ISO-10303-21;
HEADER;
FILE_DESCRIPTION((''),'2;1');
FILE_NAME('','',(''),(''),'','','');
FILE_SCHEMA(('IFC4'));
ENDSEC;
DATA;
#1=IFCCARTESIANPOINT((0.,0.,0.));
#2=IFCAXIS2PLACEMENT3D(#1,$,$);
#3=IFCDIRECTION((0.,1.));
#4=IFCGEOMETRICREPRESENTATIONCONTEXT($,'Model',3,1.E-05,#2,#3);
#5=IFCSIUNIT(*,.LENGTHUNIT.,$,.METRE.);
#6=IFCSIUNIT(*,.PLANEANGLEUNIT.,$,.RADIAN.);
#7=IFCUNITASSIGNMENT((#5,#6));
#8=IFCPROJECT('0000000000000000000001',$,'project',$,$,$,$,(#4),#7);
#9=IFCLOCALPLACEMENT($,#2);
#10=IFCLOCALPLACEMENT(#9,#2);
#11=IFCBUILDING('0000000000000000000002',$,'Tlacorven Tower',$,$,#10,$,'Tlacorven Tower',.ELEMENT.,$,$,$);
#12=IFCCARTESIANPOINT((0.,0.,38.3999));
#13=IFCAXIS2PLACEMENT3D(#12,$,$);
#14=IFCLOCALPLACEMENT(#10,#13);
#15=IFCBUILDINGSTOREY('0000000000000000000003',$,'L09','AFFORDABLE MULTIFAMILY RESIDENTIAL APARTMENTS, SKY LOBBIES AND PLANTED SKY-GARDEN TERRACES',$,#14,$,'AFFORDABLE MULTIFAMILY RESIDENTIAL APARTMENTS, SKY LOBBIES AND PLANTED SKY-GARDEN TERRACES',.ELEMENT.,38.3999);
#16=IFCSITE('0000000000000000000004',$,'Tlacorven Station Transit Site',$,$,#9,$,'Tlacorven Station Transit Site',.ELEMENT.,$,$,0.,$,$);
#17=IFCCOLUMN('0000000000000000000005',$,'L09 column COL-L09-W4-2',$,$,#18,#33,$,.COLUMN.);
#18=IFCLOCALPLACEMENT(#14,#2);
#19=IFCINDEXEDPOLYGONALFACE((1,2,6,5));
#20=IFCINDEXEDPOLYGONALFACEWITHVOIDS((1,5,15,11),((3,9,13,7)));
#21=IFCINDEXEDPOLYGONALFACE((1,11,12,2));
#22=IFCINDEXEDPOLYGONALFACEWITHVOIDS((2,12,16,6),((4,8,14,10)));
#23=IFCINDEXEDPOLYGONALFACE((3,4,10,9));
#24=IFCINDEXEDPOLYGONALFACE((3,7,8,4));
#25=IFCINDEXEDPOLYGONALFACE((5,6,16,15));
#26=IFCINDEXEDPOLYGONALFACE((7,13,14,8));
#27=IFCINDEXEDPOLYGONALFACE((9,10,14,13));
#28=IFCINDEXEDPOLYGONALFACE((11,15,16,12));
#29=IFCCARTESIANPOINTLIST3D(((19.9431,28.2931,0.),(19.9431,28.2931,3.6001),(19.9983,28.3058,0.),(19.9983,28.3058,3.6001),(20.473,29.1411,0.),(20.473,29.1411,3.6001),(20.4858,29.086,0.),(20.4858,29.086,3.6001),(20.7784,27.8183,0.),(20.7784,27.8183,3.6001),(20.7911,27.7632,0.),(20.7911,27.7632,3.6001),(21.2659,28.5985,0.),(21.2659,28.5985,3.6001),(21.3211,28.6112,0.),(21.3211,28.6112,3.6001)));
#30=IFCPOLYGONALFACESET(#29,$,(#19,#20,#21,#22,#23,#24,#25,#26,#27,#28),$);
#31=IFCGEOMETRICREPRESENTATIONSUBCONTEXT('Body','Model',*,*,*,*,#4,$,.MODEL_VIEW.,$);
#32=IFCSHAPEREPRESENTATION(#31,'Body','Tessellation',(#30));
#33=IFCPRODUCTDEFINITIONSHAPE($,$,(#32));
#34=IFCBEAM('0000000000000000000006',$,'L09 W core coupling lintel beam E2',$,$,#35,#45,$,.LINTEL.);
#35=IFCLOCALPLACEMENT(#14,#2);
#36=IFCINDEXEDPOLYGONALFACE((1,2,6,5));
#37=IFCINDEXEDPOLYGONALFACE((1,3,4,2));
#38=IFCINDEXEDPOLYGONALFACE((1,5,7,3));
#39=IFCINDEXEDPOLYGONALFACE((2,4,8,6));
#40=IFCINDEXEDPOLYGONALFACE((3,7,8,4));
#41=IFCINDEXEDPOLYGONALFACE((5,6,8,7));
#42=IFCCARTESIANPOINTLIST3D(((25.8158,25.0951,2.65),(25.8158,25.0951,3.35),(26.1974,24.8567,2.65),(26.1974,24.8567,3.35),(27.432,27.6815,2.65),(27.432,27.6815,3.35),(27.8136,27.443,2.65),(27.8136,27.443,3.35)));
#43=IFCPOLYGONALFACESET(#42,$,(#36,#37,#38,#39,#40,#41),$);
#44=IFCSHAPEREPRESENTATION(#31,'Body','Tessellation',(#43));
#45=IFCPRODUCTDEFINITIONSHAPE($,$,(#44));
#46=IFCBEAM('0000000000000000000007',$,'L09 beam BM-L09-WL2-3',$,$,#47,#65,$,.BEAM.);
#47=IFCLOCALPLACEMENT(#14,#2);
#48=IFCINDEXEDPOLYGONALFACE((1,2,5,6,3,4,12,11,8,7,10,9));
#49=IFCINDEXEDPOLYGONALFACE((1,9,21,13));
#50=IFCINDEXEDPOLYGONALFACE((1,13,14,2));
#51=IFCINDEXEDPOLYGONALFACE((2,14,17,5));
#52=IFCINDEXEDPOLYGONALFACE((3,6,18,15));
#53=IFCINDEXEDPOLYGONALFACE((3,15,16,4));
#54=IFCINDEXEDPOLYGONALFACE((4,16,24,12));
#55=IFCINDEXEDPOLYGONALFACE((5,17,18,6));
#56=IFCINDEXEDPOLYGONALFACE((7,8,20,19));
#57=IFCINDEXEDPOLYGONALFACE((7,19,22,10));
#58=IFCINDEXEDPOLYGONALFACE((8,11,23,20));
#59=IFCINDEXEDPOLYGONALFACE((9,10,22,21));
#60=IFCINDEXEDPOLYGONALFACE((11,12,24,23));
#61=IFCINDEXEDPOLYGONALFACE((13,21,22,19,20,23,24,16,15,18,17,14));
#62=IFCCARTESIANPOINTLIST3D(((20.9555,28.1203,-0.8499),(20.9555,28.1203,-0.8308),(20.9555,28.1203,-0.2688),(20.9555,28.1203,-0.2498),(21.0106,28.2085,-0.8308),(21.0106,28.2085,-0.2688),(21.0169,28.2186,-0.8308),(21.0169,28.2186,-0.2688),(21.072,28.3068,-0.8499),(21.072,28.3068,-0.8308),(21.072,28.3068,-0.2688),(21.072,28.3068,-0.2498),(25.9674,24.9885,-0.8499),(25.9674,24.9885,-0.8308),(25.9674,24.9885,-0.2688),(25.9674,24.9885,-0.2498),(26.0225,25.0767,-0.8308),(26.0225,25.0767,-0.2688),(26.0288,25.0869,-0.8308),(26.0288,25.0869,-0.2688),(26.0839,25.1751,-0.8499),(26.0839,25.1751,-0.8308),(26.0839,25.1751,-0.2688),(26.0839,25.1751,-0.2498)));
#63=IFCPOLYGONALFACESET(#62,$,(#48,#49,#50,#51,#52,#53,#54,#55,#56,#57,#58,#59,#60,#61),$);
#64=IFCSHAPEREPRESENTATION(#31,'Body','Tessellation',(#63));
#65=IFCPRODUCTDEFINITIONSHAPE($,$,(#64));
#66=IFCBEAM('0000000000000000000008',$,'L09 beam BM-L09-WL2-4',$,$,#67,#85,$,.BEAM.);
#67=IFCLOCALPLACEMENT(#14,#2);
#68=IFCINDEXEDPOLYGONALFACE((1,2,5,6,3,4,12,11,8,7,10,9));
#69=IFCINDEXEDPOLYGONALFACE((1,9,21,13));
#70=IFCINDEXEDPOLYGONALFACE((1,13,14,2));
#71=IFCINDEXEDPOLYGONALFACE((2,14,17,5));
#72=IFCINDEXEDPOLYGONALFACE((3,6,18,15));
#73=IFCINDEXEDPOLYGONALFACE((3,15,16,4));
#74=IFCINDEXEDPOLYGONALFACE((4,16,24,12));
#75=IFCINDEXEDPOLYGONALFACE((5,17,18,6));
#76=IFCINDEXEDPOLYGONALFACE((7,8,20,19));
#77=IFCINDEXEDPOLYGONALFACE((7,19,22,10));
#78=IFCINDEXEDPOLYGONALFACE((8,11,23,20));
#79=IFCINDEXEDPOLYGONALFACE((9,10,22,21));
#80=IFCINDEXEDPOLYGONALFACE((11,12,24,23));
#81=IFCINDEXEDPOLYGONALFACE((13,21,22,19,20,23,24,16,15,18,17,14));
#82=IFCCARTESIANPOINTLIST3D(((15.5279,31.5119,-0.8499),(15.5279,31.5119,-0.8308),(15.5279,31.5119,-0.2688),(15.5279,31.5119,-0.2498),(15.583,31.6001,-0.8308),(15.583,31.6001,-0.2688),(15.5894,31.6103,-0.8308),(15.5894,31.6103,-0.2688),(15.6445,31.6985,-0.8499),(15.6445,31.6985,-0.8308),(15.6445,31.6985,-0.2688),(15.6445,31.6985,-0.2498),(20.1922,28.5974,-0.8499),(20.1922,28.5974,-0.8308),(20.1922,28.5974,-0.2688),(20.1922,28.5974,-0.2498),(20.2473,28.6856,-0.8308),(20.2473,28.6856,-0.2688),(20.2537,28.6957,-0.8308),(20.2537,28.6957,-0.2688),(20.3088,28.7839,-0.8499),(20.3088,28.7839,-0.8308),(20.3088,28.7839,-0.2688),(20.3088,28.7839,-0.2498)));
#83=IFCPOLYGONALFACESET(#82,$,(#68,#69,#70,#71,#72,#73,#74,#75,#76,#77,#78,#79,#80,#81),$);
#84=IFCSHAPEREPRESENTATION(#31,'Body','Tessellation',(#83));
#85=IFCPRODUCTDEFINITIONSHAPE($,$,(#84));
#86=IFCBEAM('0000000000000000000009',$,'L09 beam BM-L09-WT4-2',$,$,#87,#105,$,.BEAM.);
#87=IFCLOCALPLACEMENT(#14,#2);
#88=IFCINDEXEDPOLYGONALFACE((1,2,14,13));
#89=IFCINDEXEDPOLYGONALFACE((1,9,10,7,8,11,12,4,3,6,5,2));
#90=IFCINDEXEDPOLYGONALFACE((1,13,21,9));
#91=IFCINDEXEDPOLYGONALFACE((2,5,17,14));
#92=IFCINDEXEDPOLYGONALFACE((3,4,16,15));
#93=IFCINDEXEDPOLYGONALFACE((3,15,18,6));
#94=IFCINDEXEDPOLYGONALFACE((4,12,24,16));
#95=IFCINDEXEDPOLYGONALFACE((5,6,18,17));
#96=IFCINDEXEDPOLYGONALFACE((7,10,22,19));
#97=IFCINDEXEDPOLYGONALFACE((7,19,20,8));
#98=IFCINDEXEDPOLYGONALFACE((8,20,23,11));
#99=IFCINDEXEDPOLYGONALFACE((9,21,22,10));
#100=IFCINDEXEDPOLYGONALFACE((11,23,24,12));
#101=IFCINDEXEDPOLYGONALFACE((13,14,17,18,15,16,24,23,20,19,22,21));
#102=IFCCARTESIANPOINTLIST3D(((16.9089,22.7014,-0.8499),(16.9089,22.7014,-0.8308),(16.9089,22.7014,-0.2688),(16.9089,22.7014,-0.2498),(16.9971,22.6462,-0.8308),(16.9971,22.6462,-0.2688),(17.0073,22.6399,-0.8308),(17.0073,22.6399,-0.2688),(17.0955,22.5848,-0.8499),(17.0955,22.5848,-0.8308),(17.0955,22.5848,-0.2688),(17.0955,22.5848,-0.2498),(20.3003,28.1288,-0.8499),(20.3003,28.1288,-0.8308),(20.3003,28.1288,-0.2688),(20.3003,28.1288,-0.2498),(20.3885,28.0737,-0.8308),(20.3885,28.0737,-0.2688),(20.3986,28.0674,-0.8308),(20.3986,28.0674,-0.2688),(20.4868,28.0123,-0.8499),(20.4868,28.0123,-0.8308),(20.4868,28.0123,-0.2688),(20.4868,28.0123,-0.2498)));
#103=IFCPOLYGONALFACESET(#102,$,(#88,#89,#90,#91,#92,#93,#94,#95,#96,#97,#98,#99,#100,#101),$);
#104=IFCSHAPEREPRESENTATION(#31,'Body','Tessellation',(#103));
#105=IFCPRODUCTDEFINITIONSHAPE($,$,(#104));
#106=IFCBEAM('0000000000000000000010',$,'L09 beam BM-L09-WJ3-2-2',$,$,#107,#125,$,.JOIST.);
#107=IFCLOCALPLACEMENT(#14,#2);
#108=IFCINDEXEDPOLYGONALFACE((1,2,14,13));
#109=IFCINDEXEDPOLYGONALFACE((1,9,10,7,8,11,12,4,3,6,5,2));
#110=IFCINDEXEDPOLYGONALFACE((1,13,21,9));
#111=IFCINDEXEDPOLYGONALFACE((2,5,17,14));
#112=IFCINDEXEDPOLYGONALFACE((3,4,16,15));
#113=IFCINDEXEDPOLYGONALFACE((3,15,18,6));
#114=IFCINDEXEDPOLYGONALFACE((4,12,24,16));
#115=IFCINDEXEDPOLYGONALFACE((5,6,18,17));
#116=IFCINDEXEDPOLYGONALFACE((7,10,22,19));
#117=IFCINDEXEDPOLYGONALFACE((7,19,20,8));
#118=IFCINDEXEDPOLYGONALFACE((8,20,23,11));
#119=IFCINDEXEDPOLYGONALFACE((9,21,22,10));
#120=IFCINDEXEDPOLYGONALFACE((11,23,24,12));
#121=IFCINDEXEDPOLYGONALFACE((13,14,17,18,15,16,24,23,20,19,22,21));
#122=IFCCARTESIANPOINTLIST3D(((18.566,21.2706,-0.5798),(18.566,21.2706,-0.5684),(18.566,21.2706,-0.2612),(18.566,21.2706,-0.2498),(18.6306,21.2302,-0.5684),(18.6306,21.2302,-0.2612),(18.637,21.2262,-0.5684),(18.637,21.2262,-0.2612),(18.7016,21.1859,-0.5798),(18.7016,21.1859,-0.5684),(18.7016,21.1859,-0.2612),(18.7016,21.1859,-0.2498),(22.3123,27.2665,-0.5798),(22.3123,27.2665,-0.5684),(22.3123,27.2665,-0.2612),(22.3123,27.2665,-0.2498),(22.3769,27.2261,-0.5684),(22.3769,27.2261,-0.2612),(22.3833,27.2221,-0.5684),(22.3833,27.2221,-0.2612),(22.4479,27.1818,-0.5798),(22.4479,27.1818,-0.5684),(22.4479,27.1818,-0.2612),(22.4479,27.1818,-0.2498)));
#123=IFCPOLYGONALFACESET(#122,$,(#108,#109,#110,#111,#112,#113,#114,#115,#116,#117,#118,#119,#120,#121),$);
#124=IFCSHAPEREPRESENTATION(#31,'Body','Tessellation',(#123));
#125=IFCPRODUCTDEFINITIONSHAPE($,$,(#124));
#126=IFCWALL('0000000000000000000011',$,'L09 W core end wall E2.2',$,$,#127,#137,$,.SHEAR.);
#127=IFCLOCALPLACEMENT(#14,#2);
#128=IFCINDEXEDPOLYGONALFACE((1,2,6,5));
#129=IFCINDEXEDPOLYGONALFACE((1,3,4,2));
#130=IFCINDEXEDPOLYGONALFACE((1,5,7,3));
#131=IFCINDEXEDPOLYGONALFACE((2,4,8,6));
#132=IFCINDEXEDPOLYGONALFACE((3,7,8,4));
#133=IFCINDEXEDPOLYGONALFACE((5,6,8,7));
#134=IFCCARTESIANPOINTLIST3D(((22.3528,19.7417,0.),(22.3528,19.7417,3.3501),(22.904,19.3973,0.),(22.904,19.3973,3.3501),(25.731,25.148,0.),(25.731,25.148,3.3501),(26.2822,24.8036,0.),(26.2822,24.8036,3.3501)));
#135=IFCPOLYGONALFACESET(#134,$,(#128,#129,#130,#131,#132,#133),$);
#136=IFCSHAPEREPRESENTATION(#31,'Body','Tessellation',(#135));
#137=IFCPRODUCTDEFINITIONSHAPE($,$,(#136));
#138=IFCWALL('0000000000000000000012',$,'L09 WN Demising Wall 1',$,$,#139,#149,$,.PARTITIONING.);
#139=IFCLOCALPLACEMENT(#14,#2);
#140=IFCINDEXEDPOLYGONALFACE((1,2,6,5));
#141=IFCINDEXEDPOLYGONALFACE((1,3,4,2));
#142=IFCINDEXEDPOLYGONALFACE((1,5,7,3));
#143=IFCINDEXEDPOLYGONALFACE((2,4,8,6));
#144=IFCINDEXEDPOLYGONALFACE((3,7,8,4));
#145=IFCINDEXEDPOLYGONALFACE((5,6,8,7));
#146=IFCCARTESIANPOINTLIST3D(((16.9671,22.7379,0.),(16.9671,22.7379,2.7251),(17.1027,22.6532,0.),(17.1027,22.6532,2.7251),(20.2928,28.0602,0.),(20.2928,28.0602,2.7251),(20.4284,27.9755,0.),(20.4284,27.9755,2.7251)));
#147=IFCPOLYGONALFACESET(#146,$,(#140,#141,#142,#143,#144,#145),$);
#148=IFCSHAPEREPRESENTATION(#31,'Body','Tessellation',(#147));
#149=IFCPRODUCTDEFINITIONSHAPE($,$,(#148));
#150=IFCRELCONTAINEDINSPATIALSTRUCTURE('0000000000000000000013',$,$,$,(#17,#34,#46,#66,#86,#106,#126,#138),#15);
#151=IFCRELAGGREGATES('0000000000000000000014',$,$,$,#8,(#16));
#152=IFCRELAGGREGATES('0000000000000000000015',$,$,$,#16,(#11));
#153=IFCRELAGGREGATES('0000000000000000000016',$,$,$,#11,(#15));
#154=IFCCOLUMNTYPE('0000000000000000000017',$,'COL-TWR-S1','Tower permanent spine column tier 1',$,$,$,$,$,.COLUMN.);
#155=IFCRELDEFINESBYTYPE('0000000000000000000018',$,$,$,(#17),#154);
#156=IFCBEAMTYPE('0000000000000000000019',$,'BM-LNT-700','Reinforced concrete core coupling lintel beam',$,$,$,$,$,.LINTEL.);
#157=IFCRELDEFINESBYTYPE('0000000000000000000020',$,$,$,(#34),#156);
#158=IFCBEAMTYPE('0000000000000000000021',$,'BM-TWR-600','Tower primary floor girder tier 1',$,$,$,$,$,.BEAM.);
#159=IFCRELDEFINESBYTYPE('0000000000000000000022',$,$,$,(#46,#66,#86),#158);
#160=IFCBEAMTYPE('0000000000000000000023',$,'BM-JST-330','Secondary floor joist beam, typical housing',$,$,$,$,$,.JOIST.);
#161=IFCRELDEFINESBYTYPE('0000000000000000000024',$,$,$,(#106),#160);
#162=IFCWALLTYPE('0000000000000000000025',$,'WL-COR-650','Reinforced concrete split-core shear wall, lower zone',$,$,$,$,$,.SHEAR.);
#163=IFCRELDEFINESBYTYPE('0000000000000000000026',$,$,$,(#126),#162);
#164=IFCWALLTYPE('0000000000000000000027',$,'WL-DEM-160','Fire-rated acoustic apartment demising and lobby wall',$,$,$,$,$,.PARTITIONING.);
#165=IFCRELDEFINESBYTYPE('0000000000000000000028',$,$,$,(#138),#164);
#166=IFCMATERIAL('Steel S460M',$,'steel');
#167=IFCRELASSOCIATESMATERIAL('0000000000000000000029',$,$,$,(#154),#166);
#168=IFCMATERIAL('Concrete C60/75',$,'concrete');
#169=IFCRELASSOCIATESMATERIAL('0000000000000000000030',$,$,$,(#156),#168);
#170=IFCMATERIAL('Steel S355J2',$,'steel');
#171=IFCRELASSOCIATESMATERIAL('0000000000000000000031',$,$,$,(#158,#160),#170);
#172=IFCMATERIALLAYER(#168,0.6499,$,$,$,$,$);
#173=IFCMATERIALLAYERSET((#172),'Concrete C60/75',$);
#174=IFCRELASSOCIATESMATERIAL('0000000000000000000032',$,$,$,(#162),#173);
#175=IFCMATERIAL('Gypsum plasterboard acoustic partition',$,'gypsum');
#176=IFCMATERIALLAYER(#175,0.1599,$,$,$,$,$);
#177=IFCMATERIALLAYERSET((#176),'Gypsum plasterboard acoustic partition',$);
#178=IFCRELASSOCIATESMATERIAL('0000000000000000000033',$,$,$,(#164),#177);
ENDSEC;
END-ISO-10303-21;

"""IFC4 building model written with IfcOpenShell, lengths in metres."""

from ifc_helpers import new_model, si_unit, direction, frame, frame_2d, origin, origin_2d, place, context, subcontext, project, spatial, rectangle, hollow_rectangle, i_section, extrude, source, transform, mapped, material, layer, layer_set, material_profile, profile_set, type_object, element, save


model = new_model("IFC4")

# Units and contexts
model_context = context("Model", 3, precision=1e-05, world=origin(), true_north=direction((0.0, 1.0)))
body_context = subcontext(model_context, "Body", "Model", "MODEL_VIEW")
ifc_project = project(units=[si_unit("LENGTHUNIT", "METRE"), si_unit("PLANEANGLEUNIT", "RADIAN")], contexts=[model_context])

# Site, building, storey
site_placement = place(None, origin())
site = spatial("IfcSite", under=ifc_project, at=site_placement, Name="Tlacorven Station Transit Site", LongName="Tlacorven Station Transit Site", CompositionType="ELEMENT", RefElevation=0.0)
building_placement = place(site_placement, origin())
building = spatial("IfcBuilding", under=site, at=building_placement, Name="Tlacorven Tower", LongName="Tlacorven Tower", CompositionType="ELEMENT")
storey_placement = place(building_placement, frame((0.0, 0.0, 38.3999)))
storey = spatial("IfcBuildingStorey", under=building, at=storey_placement, Name="L09", Description="AFFORDABLE MULTIFAMILY RESIDENTIAL APARTMENTS, SKY LOBBIES AND PLANTED SKY-GARDEN TERRACES", LongName="AFFORDABLE MULTIFAMILY RESIDENTIAL APARTMENTS, SKY LOBBIES AND PLANTED SKY-GARDEN TERRACES", CompositionType="ELEMENT", Elevation=38.3999)

# Column
ifc_material_1 = material(Name="Steel S460M", Category="steel")
ifc_material_profile_1 = material_profile(ifc_material_1, hollow_rectangle(XDim=1.0, YDim=1.0, WallThickness=0.04, at=origin_2d()), Name="BOX 1000X1000X40")
ifc_profile_set_1 = profile_set([ifc_material_profile_1], Name="Steel S460M")
column_type = type_object("IfcColumnType", Name="COL-TWR-S1", Description="Tower permanent spine column tier 1", PredefinedType="COLUMN", material=ifc_profile_set_1)
shared_shape_1 = source(origin(), body_context, "Body", "SweptSolid", [
    extrude(hollow_rectangle(XDim=1.0, YDim=1.0, WallThickness=0.04, at=origin_2d()), origin(), (0.0, 0.0, 1.0), 3.6001),
])
column_placement = place(storey_placement, frame((20.6321, 28.4521, 0.0), z_axis=(0.0, 0.0, 1.0), x_axis=(-0.848048, 0.529919, 0.0)))
element("IfcColumn", 1, at=column_placement, inside=storey, type_object=column_type, Name="L09 column COL-L09-W4-2", PredefinedType="COLUMN", context=body_context, shape_type="MappedRepresentation", body=[
    mapped(shared_shape_1, transform((0.0, 0.0, 0.0), scale=1.0)),
])

# Beams
ifc_material_2 = material(Name="Concrete C60/75", Category="concrete")
ifc_material_profile_2 = material_profile(ifc_material_2, rectangle(XDim=0.45, YDim=0.7, at=origin_2d()), Name="RC 450X700")
ifc_profile_set_2 = profile_set([ifc_material_profile_2], Name="Concrete C60/75")
beam_type_1 = type_object("IfcBeamType", Name="BM-LNT-700", Description="Reinforced concrete core coupling lintel beam", PredefinedType="LINTEL", material=ifc_profile_set_2)
shared_shape_2 = source(origin(), body_context, "Body", "SweptSolid", [
    extrude(rectangle(XDim=0.45, YDim=0.7, at=origin_2d()), origin(), (0.0, 0.0, 1.0), 3.0498),
])
beam_1_placement = place(storey_placement, frame((27.6228, 27.5623, 3.0), z_axis=(-0.529927, -0.848043, 0.0), x_axis=(0.848043, -0.529927, 0.0)))
element("IfcBeam", 2, at=beam_1_placement, inside=storey, type_object=beam_type_1, Name="L09 W core coupling lintel beam E2", PredefinedType="LINTEL", context=body_context, shape_type="MappedRepresentation", body=[
    mapped(shared_shape_2, transform((0.0, 0.0, 0.0), scale=1.0)),
])
ifc_material_3 = material(Name="Steel S355J2", Category="steel")
ifc_material_profile_3 = material_profile(ifc_material_3, i_section(OverallWidth=0.22, OverallDepth=0.6001, WebThickness=0.012, FlangeThickness=0.019, at=origin_2d()), Name="IPE 600")
ifc_profile_set_3 = profile_set([ifc_material_profile_3], Name="Steel S355J2")
beam_type_2 = type_object("IfcBeamType", Name="BM-TWR-600", Description="Tower primary floor girder tier 1", PredefinedType="BEAM", material=ifc_profile_set_3)
shared_shape_3 = source(origin(), body_context, "Body", "SweptSolid", [
    extrude(i_section(OverallWidth=0.22, OverallDepth=0.6001, WebThickness=0.012, FlangeThickness=0.019, at=origin_2d()), origin(), (0.0, 0.0, 1.0), 5.9099),
])
beam_2_placement = place(storey_placement, frame((26.0256, 25.0818, -0.5498), z_axis=(-0.848047, 0.529921, 0.0), x_axis=(-0.529921, -0.848047, 0.0)))
element("IfcBeam", 3, at=beam_2_placement, inside=storey, type_object=beam_type_2, Name="L09 beam BM-L09-WL2-3", PredefinedType="BEAM", context=body_context, shape_type="MappedRepresentation", body=[
    mapped(shared_shape_3, transform((0.0, 0.0, 0.0), scale=1.0)),
])
shared_shape_4 = source(origin(), body_context, "Body", "SweptSolid", [
    extrude(i_section(OverallWidth=0.22, OverallDepth=0.6001, WebThickness=0.012, FlangeThickness=0.019, at=origin_2d()), origin(), (0.0, 0.0, 1.0), 5.5),
])
beam_3_placement = place(storey_placement, frame((20.2505, 28.6907, -0.5498), z_axis=(-0.848051, 0.529915, 0.0), x_axis=(-0.529915, -0.848051, 0.0)))
element("IfcBeam", 4, at=beam_3_placement, inside=storey, type_object=beam_type_2, Name="L09 beam BM-L09-WL2-4", PredefinedType="BEAM", context=body_context, shape_type="MappedRepresentation", body=[
    mapped(shared_shape_4, transform((0.0, 0.0, 0.0), scale=1.0)),
])
shared_shape_5 = source(origin(), body_context, "Body", "SweptSolid", [
    extrude(i_section(OverallWidth=0.22, OverallDepth=0.6001, WebThickness=0.012, FlangeThickness=0.019, at=origin_2d()), origin(), (0.0, 0.0, 1.0), 6.3999),
])
beam_4_placement = place(storey_placement, frame((20.3936, 28.0706, -0.5498), z_axis=(-0.529906, -0.848056, 0.0), x_axis=(0.848056, -0.529906, 0.0)))
element("IfcBeam", 5, at=beam_4_placement, inside=storey, type_object=beam_type_2, Name="L09 beam BM-L09-WT4-2", PredefinedType="BEAM", context=body_context, shape_type="MappedRepresentation", body=[
    mapped(shared_shape_5, transform((0.0, 0.0, 0.0), scale=1.0)),
])
ifc_material_profile_4 = material_profile(ifc_material_3, i_section(OverallWidth=0.1599, OverallDepth=0.3301, WebThickness=0.0076, FlangeThickness=0.0115, at=origin_2d()), Name="IPE 330")
ifc_profile_set_4 = profile_set([ifc_material_profile_4], Name="Steel S355J2")
beam_type_3 = type_object("IfcBeamType", Name="BM-JST-330", Description="Secondary floor joist beam, typical housing", PredefinedType="JOIST", material=ifc_profile_set_4)
shared_shape_6 = source(origin(), body_context, "Body", "SweptSolid", [
    extrude(i_section(OverallWidth=0.1599, OverallDepth=0.3301, WebThickness=0.0076, FlangeThickness=0.0115, at=origin_2d()), origin(), (0.0, 0.0, 1.0), 7.0701),
])
beam_5_placement = place(storey_placement, frame((22.3801, 27.2241, -0.4148), z_axis=(-0.52989, -0.848066, 0.0), x_axis=(0.848066, -0.52989, 0.0)))
element("IfcBeam", 6, at=beam_5_placement, inside=storey, type_object=beam_type_3, Name="L09 beam BM-L09-WJ3-2-2", PredefinedType="JOIST", context=body_context, shape_type="MappedRepresentation", body=[
    mapped(shared_shape_6, transform((0.0, 0.0, 0.0), scale=1.0)),
])

# Walls
ifc_layer_1 = layer(ifc_material_2, 0.6499)
ifc_layer_set_1 = layer_set([ifc_layer_1], Name="Concrete C60/75")
wall_type_1 = type_object("IfcWallType", Name="WL-COR-650", Description="Reinforced concrete split-core shear wall, lower zone", PredefinedType="SHEAR", material=ifc_layer_set_1)
wall_1_placement = place(storey_placement, frame((26.0066, 24.9758, 0.0), z_axis=(0.0, 0.0, 1.0), x_axis=(-0.529916, -0.84805, 0.0)))
element("IfcWall", 7, at=wall_1_placement, inside=storey, type_object=wall_type_1, Name="L09 W core end wall E2.2", PredefinedType="SHEAR", context=body_context, shape_type="SweptSolid", body=[
    extrude(rectangle(XDim=6.375, YDim=0.6499, at=frame_2d((3.1875, 0.0))), origin(), (0.0, 0.0, 1.0), 3.3501),
])
ifc_material_4 = material(Name="Gypsum plasterboard acoustic partition", Category="gypsum")
ifc_layer_2 = layer(ifc_material_4, 0.1599)
ifc_layer_set_2 = layer_set([ifc_layer_2], Name="Gypsum plasterboard acoustic partition")
wall_type_2 = type_object("IfcWallType", Name="WL-DEM-160", Description="Fire-rated acoustic apartment demising and lobby wall", PredefinedType="PARTITIONING", material=ifc_layer_set_2)
wall_2_placement = place(storey_placement, frame((20.3606, 28.0178, 0.0), z_axis=(0.0, 0.0, 1.0), x_axis=(-0.529915, -0.848051, 0.0)))
element("IfcWall", 8, at=wall_2_placement, inside=storey, type_object=wall_type_2, Name="L09 WN Demising Wall 1", PredefinedType="PARTITIONING", context=body_context, shape_type="SweptSolid", body=[
    extrude(rectangle(XDim=6.2759, YDim=0.1599, at=frame_2d((3.1379, 0.0))), origin(), (0.0, 0.0, 1.0), 2.7251),
])

save(model, "model.ifc")
